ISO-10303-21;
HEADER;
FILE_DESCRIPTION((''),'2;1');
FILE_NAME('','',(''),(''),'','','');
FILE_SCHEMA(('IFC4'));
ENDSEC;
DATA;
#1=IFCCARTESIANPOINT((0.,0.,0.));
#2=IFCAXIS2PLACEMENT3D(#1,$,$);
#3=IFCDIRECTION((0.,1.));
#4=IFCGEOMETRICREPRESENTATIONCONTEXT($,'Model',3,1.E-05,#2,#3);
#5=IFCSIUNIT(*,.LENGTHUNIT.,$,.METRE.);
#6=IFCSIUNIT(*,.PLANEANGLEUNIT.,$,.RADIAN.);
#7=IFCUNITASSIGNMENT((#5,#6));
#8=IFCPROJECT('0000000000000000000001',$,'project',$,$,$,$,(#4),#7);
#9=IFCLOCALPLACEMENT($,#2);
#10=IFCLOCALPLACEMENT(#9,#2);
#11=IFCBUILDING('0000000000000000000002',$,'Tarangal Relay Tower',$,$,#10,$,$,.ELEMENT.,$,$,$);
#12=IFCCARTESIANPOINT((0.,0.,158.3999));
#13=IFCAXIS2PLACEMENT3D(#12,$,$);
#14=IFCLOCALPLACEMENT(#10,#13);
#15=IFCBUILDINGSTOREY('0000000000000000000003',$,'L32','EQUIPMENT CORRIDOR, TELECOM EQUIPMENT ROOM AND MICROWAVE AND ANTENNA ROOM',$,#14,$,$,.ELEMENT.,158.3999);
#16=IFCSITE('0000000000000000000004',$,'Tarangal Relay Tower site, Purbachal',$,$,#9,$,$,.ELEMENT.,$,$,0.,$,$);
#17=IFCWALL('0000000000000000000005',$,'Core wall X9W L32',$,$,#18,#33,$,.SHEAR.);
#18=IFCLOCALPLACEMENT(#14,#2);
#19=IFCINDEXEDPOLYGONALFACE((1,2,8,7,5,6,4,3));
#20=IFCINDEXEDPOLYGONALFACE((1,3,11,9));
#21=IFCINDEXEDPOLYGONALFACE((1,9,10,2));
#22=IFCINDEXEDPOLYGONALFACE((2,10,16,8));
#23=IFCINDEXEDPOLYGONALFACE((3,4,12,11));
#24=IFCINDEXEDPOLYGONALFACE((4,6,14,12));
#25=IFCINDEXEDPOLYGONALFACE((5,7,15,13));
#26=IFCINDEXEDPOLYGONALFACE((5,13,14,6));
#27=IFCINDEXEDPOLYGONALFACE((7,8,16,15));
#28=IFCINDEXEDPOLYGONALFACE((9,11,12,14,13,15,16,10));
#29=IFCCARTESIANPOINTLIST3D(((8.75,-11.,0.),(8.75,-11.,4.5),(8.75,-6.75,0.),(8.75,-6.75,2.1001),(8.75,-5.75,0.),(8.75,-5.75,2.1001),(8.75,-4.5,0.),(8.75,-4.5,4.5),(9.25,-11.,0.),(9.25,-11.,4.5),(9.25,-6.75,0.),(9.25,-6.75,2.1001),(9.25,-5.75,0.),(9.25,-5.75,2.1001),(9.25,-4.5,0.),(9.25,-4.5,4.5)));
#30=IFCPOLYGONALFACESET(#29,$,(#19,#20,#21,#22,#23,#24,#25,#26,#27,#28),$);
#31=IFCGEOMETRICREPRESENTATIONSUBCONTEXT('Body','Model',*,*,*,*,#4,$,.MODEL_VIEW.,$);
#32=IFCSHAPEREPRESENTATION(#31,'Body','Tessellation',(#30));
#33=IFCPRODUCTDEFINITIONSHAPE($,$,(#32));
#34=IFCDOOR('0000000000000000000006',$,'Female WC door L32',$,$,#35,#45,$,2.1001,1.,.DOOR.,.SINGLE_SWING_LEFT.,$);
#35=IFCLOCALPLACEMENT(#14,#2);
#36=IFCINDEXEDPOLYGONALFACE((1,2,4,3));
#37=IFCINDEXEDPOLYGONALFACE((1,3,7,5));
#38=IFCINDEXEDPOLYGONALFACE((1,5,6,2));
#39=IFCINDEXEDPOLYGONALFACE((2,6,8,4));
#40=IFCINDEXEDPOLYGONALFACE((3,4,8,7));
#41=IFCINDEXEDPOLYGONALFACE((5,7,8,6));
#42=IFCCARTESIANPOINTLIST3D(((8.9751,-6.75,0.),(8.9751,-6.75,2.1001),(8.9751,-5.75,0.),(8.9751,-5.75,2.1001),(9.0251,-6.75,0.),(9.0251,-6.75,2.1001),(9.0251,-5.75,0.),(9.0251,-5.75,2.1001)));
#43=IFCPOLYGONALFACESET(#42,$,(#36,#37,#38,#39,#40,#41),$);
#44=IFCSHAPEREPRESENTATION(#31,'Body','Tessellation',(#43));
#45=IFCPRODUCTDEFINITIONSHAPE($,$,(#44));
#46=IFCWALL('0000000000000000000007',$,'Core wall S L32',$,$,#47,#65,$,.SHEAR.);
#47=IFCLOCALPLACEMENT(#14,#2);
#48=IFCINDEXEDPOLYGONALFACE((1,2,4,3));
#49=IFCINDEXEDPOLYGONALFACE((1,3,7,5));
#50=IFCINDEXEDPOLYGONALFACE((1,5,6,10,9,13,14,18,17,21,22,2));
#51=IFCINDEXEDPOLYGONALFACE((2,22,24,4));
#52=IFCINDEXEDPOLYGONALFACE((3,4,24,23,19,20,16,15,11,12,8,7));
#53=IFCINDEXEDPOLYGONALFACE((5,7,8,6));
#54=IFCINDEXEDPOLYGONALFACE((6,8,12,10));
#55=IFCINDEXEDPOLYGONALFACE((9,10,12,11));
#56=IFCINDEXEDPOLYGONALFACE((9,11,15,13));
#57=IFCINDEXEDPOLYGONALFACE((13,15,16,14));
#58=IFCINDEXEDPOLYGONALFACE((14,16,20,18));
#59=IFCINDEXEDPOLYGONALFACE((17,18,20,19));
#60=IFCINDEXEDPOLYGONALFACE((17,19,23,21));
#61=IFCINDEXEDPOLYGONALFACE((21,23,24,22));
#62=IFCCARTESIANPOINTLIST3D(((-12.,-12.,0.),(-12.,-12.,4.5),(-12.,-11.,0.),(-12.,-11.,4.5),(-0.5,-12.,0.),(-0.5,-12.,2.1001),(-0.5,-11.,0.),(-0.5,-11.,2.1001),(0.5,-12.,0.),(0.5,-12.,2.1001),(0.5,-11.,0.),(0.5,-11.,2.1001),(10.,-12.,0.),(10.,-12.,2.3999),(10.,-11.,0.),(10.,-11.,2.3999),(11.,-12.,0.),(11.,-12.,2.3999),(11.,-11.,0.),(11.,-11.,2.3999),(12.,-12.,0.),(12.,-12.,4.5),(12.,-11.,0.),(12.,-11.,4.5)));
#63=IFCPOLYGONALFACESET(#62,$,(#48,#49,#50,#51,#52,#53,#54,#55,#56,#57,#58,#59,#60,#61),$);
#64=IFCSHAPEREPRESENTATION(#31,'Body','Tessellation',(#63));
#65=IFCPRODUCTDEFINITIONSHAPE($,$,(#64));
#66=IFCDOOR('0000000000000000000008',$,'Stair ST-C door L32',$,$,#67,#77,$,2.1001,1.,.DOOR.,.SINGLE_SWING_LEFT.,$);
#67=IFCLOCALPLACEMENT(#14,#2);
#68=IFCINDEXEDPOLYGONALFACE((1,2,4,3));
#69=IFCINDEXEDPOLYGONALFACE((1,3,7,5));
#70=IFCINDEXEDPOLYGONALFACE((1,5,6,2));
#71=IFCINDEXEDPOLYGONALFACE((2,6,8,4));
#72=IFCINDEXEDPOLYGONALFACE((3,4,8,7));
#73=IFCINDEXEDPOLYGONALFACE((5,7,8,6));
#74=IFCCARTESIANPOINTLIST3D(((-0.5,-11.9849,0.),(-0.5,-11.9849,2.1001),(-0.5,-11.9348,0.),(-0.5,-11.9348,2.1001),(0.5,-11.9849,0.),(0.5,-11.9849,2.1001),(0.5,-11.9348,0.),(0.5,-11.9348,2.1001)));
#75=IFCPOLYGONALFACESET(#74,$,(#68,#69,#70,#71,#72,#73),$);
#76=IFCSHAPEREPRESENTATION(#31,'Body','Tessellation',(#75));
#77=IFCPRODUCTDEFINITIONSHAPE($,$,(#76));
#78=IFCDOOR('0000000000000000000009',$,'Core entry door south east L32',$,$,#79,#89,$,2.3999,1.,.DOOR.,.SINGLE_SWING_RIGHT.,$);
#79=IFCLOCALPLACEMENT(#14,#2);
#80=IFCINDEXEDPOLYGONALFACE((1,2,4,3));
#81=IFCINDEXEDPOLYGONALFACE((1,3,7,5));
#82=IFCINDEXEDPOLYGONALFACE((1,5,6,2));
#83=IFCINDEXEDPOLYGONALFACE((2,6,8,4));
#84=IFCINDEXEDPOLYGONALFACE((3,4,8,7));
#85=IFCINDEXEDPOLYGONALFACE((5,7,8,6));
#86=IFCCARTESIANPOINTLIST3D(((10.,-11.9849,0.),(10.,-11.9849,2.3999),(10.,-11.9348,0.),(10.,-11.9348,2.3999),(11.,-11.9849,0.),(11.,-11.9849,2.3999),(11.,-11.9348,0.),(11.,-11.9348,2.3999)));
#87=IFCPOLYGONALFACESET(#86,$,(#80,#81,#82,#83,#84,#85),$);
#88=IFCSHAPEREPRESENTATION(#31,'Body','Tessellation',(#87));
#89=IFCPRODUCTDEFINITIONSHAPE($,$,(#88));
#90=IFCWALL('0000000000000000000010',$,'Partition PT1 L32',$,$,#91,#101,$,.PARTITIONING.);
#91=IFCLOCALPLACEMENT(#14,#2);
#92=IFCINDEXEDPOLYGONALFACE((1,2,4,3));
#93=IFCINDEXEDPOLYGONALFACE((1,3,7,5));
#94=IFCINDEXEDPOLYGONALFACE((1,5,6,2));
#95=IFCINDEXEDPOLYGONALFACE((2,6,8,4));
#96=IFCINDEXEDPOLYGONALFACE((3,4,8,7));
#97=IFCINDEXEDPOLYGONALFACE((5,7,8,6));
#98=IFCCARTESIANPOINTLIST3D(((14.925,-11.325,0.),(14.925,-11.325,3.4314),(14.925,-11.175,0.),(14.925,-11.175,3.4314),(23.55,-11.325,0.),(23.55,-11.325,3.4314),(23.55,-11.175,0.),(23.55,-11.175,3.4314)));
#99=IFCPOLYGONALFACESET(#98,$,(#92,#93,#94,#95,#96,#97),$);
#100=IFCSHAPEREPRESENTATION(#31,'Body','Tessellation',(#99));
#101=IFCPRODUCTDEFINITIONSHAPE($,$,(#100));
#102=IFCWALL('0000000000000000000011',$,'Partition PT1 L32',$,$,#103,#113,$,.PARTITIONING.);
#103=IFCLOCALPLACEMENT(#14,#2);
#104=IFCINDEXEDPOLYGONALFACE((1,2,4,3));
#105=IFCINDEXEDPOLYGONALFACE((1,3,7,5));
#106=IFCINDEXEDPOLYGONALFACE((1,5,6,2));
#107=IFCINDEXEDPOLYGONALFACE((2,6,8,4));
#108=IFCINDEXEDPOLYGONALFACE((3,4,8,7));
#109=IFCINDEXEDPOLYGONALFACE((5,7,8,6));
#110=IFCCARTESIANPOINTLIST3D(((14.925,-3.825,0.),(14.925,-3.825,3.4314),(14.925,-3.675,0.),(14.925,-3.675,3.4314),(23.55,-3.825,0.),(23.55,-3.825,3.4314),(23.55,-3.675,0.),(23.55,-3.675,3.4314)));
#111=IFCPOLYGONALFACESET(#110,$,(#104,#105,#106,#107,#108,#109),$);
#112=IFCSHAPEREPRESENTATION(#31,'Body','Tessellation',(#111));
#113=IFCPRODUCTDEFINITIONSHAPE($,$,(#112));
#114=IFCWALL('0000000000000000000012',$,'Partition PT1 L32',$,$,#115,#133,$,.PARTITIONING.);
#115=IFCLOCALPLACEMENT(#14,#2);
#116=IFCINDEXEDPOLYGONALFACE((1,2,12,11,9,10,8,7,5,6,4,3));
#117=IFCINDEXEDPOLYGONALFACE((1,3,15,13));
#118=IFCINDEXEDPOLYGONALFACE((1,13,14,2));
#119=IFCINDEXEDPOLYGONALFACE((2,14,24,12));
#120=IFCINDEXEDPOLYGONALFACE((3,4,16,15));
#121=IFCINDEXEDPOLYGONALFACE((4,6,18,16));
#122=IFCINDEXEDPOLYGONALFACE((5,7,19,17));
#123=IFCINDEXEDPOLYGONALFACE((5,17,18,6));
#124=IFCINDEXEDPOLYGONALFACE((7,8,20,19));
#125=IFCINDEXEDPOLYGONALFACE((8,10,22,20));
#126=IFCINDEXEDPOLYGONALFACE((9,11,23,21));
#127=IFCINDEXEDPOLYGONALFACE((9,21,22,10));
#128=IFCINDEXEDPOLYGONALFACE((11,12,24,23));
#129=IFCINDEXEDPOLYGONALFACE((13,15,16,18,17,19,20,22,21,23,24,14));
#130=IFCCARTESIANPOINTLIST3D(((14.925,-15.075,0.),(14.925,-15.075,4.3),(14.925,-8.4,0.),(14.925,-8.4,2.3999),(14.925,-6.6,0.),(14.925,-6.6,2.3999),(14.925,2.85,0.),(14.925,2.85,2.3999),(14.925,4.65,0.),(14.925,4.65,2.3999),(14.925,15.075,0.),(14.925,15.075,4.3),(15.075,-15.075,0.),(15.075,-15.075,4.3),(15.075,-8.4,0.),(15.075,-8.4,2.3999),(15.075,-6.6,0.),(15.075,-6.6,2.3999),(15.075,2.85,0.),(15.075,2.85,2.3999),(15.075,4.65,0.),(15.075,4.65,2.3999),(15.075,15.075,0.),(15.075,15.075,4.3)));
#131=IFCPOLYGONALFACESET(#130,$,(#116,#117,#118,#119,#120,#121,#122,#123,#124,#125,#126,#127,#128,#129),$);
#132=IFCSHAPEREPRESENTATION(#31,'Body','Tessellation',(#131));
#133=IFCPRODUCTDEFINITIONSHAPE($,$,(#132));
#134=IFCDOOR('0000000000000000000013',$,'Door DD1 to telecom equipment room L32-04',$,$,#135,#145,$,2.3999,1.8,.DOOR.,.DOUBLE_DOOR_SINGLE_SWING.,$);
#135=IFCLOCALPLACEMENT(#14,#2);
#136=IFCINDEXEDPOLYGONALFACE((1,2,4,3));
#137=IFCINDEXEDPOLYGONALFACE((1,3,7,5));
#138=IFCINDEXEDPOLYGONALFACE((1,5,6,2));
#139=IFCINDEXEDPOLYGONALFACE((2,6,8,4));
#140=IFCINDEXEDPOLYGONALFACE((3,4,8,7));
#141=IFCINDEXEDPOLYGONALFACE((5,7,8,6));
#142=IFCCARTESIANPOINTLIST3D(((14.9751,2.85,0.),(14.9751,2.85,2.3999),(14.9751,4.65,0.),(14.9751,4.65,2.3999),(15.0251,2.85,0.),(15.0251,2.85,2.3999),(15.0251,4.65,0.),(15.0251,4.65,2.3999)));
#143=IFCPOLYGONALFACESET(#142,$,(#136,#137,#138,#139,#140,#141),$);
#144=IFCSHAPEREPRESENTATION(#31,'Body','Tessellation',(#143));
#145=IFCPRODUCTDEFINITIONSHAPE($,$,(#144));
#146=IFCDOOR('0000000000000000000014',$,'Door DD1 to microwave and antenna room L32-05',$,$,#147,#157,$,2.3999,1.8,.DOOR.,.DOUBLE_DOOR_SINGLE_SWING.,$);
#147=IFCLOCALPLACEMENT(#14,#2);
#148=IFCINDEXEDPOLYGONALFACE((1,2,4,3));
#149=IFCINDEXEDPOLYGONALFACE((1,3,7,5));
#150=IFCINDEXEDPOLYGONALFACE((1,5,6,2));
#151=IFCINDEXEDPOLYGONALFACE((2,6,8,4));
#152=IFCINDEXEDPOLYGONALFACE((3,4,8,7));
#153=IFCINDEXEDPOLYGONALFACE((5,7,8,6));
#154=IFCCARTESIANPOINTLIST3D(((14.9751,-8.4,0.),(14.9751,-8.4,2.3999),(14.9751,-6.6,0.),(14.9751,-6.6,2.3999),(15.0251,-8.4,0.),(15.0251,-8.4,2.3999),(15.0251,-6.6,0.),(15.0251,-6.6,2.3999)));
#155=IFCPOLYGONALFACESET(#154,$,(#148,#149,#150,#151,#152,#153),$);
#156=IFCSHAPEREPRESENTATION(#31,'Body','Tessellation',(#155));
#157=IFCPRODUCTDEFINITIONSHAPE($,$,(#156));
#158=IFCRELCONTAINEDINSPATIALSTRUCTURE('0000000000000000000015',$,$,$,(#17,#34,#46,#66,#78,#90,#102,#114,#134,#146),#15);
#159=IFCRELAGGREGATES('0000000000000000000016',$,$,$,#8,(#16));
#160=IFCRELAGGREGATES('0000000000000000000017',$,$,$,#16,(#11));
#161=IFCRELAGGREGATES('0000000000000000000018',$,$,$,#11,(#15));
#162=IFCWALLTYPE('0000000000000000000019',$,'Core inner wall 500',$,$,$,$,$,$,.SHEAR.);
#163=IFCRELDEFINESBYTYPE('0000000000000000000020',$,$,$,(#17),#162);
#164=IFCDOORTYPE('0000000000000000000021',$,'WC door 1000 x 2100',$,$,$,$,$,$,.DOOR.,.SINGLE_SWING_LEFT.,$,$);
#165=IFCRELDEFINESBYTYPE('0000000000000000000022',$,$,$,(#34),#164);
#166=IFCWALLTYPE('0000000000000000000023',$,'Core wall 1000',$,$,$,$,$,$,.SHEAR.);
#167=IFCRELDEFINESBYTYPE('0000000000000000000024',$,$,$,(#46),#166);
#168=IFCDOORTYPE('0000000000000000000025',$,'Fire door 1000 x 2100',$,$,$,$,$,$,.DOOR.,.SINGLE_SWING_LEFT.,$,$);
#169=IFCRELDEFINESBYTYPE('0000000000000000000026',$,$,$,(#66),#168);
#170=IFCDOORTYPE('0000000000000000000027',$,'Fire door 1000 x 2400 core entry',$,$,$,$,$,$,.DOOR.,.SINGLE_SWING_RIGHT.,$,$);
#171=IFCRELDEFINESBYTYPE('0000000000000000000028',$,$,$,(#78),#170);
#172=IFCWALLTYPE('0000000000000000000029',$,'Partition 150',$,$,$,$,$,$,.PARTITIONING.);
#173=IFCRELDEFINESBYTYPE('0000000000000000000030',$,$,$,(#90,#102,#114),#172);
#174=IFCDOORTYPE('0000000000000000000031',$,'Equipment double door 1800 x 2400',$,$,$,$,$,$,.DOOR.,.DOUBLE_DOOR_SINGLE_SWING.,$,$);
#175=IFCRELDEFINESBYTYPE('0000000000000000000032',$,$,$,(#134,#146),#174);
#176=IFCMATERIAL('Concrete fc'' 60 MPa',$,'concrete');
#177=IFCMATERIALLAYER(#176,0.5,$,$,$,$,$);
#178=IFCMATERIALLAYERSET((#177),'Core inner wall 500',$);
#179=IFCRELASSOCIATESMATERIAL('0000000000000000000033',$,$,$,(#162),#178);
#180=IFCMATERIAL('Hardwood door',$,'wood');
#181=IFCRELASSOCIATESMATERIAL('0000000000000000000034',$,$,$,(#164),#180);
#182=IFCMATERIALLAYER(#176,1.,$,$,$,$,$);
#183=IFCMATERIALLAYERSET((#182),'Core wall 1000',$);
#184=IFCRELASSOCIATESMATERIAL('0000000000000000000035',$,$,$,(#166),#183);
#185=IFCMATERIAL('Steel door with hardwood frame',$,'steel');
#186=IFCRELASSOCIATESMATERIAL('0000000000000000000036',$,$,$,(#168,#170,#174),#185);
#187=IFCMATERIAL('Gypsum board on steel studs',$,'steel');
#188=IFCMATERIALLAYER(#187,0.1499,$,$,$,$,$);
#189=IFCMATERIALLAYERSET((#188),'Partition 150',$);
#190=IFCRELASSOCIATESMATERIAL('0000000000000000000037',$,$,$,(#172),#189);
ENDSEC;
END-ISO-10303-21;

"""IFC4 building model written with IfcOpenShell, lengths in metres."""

from ifc_helpers import new_model, si_unit, direction, frame, frame_2d, origin, place, context, subcontext, project, spatial, rectangle, extrude, material, layer, layer_set, type_object, element, fill, save


model = new_model("IFC4")

# Units and contexts
model_context = context("Model", 3, precision=1e-05, world=origin(), true_north=direction((0.0, 1.0)))
body_context = subcontext(model_context, "Body", "Model", "MODEL_VIEW")
ifc_project = project(units=[si_unit("LENGTHUNIT", "METRE"), si_unit("PLANEANGLEUNIT", "RADIAN")], contexts=[model_context])

# Site, building, storey
site_placement = place(None, origin())
site = spatial("IfcSite", under=ifc_project, at=site_placement, Name="Tarangal Relay Tower site, Purbachal", CompositionType="ELEMENT", RefElevation=0.0)
building_placement = place(site_placement, origin())
building = spatial("IfcBuilding", under=site, at=building_placement, Name="Tarangal Relay Tower", CompositionType="ELEMENT")
storey_placement = place(building_placement, frame((0.0, 0.0, 158.3999)))
storey = spatial("IfcBuildingStorey", under=building, at=storey_placement, Name="L32", Description="EQUIPMENT CORRIDOR, TELECOM EQUIPMENT ROOM AND MICROWAVE AND ANTENNA ROOM", CompositionType="ELEMENT", Elevation=158.3999)

# Shared definitions
ifc_material_1 = material(Name="Concrete fc' 60 MPa", Category="concrete")
ifc_layer_1 = layer(ifc_material_1, 0.5)
ifc_layer_set_1 = layer_set([ifc_layer_1], Name="Core inner wall 500")
wall_type_1 = type_object("IfcWallType", Name="Core inner wall 500", PredefinedType="SHEAR", material=ifc_layer_set_1)

# Wall, opening, door
wall_1_placement = place(storey_placement, frame((9.0, -11.0, 0.0), z_axis=(0.0, 0.0, 1.0), x_axis=(0.0, 1.0, 0.0)))
wall_1 = element("IfcWall", 1, at=wall_1_placement, inside=storey, type_object=wall_type_1, Name="Core wall X9W L32", PredefinedType="SHEAR", context=body_context, shape_type="SweptSolid", body=[
    extrude(rectangle(XDim=6.5, YDim=0.5, at=frame_2d((3.25, 0.0))), origin(), (0.0, 0.0, 1.0), 4.5),
])
opening_1_placement = place(wall_1_placement, frame((4.25, 0.0, 0.0)))
opening_1 = element("IfcOpeningElement", 2, at=opening_1_placement, cuts=wall_1, PredefinedType="OPENING", context=body_context, shape_type="SweptSolid", body=[
    extrude(rectangle(XDim=1.0, YDim=2.1001, at=frame_2d((0.5, 1.05))), frame((0.0, 0.26, 0.0), z_axis=(0.0, -1.0, 0.0), x_axis=(1.0, 0.0, 0.0)), (0.0, 0.0, 1.0), 0.52),
])
ifc_material_2 = material(Name="Hardwood door", Category="wood")
door_type_1 = type_object("IfcDoorType", Name="WC door 1000 x 2100", OperationType="SINGLE_SWING_LEFT", PredefinedType="DOOR", material=ifc_material_2)
door_1_placement = place(opening_1_placement, origin())
door_1 = element("IfcDoor", 3, at=door_1_placement, inside=storey, type_object=door_type_1, Name="Female WC door L32", OperationType="SINGLE_SWING_LEFT", OverallHeight=2.1001, OverallWidth=1.0, PredefinedType="DOOR", context=body_context, shape_type="SweptSolid", body=[
    extrude(rectangle(XDim=1.0, YDim=2.1001, at=frame_2d((0.5, 1.05))), frame((0.0, 0.0249, 0.0), z_axis=(0.0, -1.0, 0.0), x_axis=(1.0, 0.0, 0.0)), (0.0, 0.0, 1.0), 0.05),
])
fill(opening_1, door_1)

# Wall, openings, doors
ifc_layer_2 = layer(ifc_material_1, 1.0)
ifc_layer_set_2 = layer_set([ifc_layer_2], Name="Core wall 1000")
wall_type_2 = type_object("IfcWallType", Name="Core wall 1000", PredefinedType="SHEAR", material=ifc_layer_set_2)
wall_2_placement = place(storey_placement, frame((12.0, -11.5, 0.0), z_axis=(0.0, 0.0, 1.0), x_axis=(-1.0, 0.0, 0.0)))
wall_2 = element("IfcWall", 4, at=wall_2_placement, inside=storey, type_object=wall_type_2, Name="Core wall S L32", PredefinedType="SHEAR", context=body_context, shape_type="SweptSolid", body=[
    extrude(rectangle(XDim=24.0, YDim=1.0, at=frame_2d((12.0, 0.0))), origin(), (0.0, 0.0, 1.0), 4.5),
])
opening_2_placement = place(wall_2_placement, frame((11.5, 0.0, 0.0)))
opening_2 = element("IfcOpeningElement", 5, at=opening_2_placement, cuts=wall_2, PredefinedType="OPENING", context=body_context, shape_type="SweptSolid", body=[
    extrude(rectangle(XDim=1.0, YDim=2.1001, at=frame_2d((0.5, 1.05))), frame((0.0, 0.51, 0.0), z_axis=(0.0, -1.0, 0.0), x_axis=(1.0, 0.0, 0.0)), (0.0, 0.0, 1.0), 1.02),
])
opening_3_placement = place(wall_2_placement, frame((1.0, 0.0, 0.0)))
opening_3 = element("IfcOpeningElement", 6, at=opening_3_placement, cuts=wall_2, PredefinedType="OPENING", context=body_context, shape_type="SweptSolid", body=[
    extrude(rectangle(XDim=1.0, YDim=2.3999, at=frame_2d((0.5, 1.2))), frame((0.0, 0.51, 0.0), z_axis=(0.0, -1.0, 0.0), x_axis=(1.0, 0.0, 0.0)), (0.0, 0.0, 1.0), 1.02),
])
ifc_material_3 = material(Name="Steel door with hardwood frame", Category="steel")
door_type_2 = type_object("IfcDoorType", Name="Fire door 1000 x 2100", OperationType="SINGLE_SWING_LEFT", PredefinedType="DOOR", material=ifc_material_3)
door_2_placement = place(opening_2_placement, origin())
door_2 = element("IfcDoor", 7, at=door_2_placement, inside=storey, type_object=door_type_2, Name="Stair ST-C door L32", OperationType="SINGLE_SWING_LEFT", OverallHeight=2.1001, OverallWidth=1.0, PredefinedType="DOOR", context=body_context, shape_type="SweptSolid", body=[
    extrude(rectangle(XDim=1.0, YDim=2.1001, at=frame_2d((0.5, 1.05))), frame((0.0, 0.4849, 0.0), z_axis=(0.0, -1.0, 0.0), x_axis=(1.0, 0.0, 0.0)), (0.0, 0.0, 1.0), 0.05),
])
fill(opening_2, door_2)
door_type_3 = type_object("IfcDoorType", Name="Fire door 1000 x 2400 core entry", OperationType="SINGLE_SWING_RIGHT", PredefinedType="DOOR", material=ifc_material_3)
door_3_placement = place(opening_3_placement, origin())
door_3 = element("IfcDoor", 8, at=door_3_placement, inside=storey, type_object=door_type_3, Name="Core entry door south east L32", OperationType="SINGLE_SWING_RIGHT", OverallHeight=2.3999, OverallWidth=1.0, PredefinedType="DOOR", context=body_context, shape_type="SweptSolid", body=[
    extrude(rectangle(XDim=1.0, YDim=2.3999, at=frame_2d((0.5, 1.2))), frame((0.0, 0.4849, 0.0), z_axis=(0.0, -1.0, 0.0), x_axis=(1.0, 0.0, 0.0)), (0.0, 0.0, 1.0), 0.05),
])
fill(opening_3, door_3)

# Walls
ifc_material_4 = material(Name="Gypsum board on steel studs", Category="steel")
ifc_layer_3 = layer(ifc_material_4, 0.1499)
ifc_layer_set_3 = layer_set([ifc_layer_3], Name="Partition 150")
wall_type_3 = type_object("IfcWallType", Name="Partition 150", PredefinedType="PARTITIONING", material=ifc_layer_set_3)
for number, where, z_axis, x_axis, name in (
    (9, (14.925, -11.25, 0.0), (0.0, 0.0, 1.0), (1.0, 0.0, 0.0), "Partition PT1 L32"),
    (10, (14.925, -3.75, 0.0), (0.0, 0.0, 1.0), (1.0, 0.0, 0.0), "Partition PT1 L32"),
):
    element("IfcWall", number, at=place(storey_placement, frame(where, z_axis=z_axis, x_axis=x_axis)), inside=storey, type_object=wall_type_3, Name=name, PredefinedType="PARTITIONING", context=body_context, shape_type="SweptSolid", body=[
        extrude(rectangle(XDim=8.625, YDim=0.1499, at=frame_2d((4.3125, 0.0))), origin(), (0.0, 0.0, 1.0), 3.4314),
    ])

# Wall, openings, doors
wall_3_placement = place(storey_placement, frame((15.0, -15.075, 0.0), z_axis=(0.0, 0.0, 1.0), x_axis=(0.0, 1.0, 0.0)))
wall_3 = element("IfcWall", 11, at=wall_3_placement, inside=storey, type_object=wall_type_3, Name="Partition PT1 L32", PredefinedType="PARTITIONING", context=body_context, shape_type="SweptSolid", body=[
    extrude(rectangle(XDim=30.1499, YDim=0.1499, at=frame_2d((15.075, 0.0))), origin(), (0.0, 0.0, 1.0), 4.3),
])
opening_4_placement = place(wall_3_placement, frame((17.925, 0.0, 0.0)))
opening_4 = element("IfcOpeningElement", 12, at=opening_4_placement, cuts=wall_3, PredefinedType="OPENING", context=body_context, shape_type="SweptSolid", body=[
    extrude(rectangle(XDim=1.8, YDim=2.3999, at=frame_2d((0.8999, 1.2))), frame((0.0, 0.085, 0.0), z_axis=(0.0, -1.0, 0.0), x_axis=(1.0, 0.0, 0.0)), (0.0, 0.0, 1.0), 0.1699),
])
opening_5_placement = place(wall_3_placement, frame((6.675, 0.0, 0.0)))
opening_5 = element("IfcOpeningElement", 13, at=opening_5_placement, cuts=wall_3, PredefinedType="OPENING", context=body_context, shape_type="SweptSolid", body=[
    extrude(rectangle(XDim=1.8, YDim=2.3999, at=frame_2d((0.8999, 1.2))), frame((0.0, 0.085, 0.0), z_axis=(0.0, -1.0, 0.0), x_axis=(1.0, 0.0, 0.0)), (0.0, 0.0, 1.0), 0.1699),
])
door_type_4 = type_object("IfcDoorType", Name="Equipment double door 1800 x 2400", OperationType="DOUBLE_DOOR_SINGLE_SWING", PredefinedType="DOOR", material=ifc_material_3)
door_4_placement = place(opening_4_placement, origin())
door_4 = element("IfcDoor", 14, at=door_4_placement, inside=storey, type_object=door_type_4, Name="Door DD1 to telecom equipment room L32-04", OperationType="DOUBLE_DOOR_SINGLE_SWING", OverallHeight=2.3999, OverallWidth=1.8, PredefinedType="DOOR", context=body_context, shape_type="SweptSolid", body=[
    extrude(rectangle(XDim=1.8, YDim=2.3999, at=frame_2d((0.8999, 1.2))), frame((0.0, 0.0249, 0.0), z_axis=(0.0, -1.0, 0.0), x_axis=(1.0, 0.0, 0.0)), (0.0, 0.0, 1.0), 0.05),
])
fill(opening_4, door_4)
door_5_placement = place(opening_5_placement, origin())
door_5 = element("IfcDoor", 15, at=door_5_placement, inside=storey, type_object=door_type_4, Name="Door DD1 to microwave and antenna room L32-05", OperationType="DOUBLE_DOOR_SINGLE_SWING", OverallHeight=2.3999, OverallWidth=1.8, PredefinedType="DOOR", context=body_context, shape_type="SweptSolid", body=[
    extrude(rectangle(XDim=1.8, YDim=2.3999, at=frame_2d((0.8999, 1.2))), frame((0.0, 0.0249, 0.0), z_axis=(0.0, -1.0, 0.0), x_axis=(1.0, 0.0, 0.0)), (0.0, 0.0, 1.0), 0.05),
])
fill(opening_5, door_5)

save(model, "model.ifc")
